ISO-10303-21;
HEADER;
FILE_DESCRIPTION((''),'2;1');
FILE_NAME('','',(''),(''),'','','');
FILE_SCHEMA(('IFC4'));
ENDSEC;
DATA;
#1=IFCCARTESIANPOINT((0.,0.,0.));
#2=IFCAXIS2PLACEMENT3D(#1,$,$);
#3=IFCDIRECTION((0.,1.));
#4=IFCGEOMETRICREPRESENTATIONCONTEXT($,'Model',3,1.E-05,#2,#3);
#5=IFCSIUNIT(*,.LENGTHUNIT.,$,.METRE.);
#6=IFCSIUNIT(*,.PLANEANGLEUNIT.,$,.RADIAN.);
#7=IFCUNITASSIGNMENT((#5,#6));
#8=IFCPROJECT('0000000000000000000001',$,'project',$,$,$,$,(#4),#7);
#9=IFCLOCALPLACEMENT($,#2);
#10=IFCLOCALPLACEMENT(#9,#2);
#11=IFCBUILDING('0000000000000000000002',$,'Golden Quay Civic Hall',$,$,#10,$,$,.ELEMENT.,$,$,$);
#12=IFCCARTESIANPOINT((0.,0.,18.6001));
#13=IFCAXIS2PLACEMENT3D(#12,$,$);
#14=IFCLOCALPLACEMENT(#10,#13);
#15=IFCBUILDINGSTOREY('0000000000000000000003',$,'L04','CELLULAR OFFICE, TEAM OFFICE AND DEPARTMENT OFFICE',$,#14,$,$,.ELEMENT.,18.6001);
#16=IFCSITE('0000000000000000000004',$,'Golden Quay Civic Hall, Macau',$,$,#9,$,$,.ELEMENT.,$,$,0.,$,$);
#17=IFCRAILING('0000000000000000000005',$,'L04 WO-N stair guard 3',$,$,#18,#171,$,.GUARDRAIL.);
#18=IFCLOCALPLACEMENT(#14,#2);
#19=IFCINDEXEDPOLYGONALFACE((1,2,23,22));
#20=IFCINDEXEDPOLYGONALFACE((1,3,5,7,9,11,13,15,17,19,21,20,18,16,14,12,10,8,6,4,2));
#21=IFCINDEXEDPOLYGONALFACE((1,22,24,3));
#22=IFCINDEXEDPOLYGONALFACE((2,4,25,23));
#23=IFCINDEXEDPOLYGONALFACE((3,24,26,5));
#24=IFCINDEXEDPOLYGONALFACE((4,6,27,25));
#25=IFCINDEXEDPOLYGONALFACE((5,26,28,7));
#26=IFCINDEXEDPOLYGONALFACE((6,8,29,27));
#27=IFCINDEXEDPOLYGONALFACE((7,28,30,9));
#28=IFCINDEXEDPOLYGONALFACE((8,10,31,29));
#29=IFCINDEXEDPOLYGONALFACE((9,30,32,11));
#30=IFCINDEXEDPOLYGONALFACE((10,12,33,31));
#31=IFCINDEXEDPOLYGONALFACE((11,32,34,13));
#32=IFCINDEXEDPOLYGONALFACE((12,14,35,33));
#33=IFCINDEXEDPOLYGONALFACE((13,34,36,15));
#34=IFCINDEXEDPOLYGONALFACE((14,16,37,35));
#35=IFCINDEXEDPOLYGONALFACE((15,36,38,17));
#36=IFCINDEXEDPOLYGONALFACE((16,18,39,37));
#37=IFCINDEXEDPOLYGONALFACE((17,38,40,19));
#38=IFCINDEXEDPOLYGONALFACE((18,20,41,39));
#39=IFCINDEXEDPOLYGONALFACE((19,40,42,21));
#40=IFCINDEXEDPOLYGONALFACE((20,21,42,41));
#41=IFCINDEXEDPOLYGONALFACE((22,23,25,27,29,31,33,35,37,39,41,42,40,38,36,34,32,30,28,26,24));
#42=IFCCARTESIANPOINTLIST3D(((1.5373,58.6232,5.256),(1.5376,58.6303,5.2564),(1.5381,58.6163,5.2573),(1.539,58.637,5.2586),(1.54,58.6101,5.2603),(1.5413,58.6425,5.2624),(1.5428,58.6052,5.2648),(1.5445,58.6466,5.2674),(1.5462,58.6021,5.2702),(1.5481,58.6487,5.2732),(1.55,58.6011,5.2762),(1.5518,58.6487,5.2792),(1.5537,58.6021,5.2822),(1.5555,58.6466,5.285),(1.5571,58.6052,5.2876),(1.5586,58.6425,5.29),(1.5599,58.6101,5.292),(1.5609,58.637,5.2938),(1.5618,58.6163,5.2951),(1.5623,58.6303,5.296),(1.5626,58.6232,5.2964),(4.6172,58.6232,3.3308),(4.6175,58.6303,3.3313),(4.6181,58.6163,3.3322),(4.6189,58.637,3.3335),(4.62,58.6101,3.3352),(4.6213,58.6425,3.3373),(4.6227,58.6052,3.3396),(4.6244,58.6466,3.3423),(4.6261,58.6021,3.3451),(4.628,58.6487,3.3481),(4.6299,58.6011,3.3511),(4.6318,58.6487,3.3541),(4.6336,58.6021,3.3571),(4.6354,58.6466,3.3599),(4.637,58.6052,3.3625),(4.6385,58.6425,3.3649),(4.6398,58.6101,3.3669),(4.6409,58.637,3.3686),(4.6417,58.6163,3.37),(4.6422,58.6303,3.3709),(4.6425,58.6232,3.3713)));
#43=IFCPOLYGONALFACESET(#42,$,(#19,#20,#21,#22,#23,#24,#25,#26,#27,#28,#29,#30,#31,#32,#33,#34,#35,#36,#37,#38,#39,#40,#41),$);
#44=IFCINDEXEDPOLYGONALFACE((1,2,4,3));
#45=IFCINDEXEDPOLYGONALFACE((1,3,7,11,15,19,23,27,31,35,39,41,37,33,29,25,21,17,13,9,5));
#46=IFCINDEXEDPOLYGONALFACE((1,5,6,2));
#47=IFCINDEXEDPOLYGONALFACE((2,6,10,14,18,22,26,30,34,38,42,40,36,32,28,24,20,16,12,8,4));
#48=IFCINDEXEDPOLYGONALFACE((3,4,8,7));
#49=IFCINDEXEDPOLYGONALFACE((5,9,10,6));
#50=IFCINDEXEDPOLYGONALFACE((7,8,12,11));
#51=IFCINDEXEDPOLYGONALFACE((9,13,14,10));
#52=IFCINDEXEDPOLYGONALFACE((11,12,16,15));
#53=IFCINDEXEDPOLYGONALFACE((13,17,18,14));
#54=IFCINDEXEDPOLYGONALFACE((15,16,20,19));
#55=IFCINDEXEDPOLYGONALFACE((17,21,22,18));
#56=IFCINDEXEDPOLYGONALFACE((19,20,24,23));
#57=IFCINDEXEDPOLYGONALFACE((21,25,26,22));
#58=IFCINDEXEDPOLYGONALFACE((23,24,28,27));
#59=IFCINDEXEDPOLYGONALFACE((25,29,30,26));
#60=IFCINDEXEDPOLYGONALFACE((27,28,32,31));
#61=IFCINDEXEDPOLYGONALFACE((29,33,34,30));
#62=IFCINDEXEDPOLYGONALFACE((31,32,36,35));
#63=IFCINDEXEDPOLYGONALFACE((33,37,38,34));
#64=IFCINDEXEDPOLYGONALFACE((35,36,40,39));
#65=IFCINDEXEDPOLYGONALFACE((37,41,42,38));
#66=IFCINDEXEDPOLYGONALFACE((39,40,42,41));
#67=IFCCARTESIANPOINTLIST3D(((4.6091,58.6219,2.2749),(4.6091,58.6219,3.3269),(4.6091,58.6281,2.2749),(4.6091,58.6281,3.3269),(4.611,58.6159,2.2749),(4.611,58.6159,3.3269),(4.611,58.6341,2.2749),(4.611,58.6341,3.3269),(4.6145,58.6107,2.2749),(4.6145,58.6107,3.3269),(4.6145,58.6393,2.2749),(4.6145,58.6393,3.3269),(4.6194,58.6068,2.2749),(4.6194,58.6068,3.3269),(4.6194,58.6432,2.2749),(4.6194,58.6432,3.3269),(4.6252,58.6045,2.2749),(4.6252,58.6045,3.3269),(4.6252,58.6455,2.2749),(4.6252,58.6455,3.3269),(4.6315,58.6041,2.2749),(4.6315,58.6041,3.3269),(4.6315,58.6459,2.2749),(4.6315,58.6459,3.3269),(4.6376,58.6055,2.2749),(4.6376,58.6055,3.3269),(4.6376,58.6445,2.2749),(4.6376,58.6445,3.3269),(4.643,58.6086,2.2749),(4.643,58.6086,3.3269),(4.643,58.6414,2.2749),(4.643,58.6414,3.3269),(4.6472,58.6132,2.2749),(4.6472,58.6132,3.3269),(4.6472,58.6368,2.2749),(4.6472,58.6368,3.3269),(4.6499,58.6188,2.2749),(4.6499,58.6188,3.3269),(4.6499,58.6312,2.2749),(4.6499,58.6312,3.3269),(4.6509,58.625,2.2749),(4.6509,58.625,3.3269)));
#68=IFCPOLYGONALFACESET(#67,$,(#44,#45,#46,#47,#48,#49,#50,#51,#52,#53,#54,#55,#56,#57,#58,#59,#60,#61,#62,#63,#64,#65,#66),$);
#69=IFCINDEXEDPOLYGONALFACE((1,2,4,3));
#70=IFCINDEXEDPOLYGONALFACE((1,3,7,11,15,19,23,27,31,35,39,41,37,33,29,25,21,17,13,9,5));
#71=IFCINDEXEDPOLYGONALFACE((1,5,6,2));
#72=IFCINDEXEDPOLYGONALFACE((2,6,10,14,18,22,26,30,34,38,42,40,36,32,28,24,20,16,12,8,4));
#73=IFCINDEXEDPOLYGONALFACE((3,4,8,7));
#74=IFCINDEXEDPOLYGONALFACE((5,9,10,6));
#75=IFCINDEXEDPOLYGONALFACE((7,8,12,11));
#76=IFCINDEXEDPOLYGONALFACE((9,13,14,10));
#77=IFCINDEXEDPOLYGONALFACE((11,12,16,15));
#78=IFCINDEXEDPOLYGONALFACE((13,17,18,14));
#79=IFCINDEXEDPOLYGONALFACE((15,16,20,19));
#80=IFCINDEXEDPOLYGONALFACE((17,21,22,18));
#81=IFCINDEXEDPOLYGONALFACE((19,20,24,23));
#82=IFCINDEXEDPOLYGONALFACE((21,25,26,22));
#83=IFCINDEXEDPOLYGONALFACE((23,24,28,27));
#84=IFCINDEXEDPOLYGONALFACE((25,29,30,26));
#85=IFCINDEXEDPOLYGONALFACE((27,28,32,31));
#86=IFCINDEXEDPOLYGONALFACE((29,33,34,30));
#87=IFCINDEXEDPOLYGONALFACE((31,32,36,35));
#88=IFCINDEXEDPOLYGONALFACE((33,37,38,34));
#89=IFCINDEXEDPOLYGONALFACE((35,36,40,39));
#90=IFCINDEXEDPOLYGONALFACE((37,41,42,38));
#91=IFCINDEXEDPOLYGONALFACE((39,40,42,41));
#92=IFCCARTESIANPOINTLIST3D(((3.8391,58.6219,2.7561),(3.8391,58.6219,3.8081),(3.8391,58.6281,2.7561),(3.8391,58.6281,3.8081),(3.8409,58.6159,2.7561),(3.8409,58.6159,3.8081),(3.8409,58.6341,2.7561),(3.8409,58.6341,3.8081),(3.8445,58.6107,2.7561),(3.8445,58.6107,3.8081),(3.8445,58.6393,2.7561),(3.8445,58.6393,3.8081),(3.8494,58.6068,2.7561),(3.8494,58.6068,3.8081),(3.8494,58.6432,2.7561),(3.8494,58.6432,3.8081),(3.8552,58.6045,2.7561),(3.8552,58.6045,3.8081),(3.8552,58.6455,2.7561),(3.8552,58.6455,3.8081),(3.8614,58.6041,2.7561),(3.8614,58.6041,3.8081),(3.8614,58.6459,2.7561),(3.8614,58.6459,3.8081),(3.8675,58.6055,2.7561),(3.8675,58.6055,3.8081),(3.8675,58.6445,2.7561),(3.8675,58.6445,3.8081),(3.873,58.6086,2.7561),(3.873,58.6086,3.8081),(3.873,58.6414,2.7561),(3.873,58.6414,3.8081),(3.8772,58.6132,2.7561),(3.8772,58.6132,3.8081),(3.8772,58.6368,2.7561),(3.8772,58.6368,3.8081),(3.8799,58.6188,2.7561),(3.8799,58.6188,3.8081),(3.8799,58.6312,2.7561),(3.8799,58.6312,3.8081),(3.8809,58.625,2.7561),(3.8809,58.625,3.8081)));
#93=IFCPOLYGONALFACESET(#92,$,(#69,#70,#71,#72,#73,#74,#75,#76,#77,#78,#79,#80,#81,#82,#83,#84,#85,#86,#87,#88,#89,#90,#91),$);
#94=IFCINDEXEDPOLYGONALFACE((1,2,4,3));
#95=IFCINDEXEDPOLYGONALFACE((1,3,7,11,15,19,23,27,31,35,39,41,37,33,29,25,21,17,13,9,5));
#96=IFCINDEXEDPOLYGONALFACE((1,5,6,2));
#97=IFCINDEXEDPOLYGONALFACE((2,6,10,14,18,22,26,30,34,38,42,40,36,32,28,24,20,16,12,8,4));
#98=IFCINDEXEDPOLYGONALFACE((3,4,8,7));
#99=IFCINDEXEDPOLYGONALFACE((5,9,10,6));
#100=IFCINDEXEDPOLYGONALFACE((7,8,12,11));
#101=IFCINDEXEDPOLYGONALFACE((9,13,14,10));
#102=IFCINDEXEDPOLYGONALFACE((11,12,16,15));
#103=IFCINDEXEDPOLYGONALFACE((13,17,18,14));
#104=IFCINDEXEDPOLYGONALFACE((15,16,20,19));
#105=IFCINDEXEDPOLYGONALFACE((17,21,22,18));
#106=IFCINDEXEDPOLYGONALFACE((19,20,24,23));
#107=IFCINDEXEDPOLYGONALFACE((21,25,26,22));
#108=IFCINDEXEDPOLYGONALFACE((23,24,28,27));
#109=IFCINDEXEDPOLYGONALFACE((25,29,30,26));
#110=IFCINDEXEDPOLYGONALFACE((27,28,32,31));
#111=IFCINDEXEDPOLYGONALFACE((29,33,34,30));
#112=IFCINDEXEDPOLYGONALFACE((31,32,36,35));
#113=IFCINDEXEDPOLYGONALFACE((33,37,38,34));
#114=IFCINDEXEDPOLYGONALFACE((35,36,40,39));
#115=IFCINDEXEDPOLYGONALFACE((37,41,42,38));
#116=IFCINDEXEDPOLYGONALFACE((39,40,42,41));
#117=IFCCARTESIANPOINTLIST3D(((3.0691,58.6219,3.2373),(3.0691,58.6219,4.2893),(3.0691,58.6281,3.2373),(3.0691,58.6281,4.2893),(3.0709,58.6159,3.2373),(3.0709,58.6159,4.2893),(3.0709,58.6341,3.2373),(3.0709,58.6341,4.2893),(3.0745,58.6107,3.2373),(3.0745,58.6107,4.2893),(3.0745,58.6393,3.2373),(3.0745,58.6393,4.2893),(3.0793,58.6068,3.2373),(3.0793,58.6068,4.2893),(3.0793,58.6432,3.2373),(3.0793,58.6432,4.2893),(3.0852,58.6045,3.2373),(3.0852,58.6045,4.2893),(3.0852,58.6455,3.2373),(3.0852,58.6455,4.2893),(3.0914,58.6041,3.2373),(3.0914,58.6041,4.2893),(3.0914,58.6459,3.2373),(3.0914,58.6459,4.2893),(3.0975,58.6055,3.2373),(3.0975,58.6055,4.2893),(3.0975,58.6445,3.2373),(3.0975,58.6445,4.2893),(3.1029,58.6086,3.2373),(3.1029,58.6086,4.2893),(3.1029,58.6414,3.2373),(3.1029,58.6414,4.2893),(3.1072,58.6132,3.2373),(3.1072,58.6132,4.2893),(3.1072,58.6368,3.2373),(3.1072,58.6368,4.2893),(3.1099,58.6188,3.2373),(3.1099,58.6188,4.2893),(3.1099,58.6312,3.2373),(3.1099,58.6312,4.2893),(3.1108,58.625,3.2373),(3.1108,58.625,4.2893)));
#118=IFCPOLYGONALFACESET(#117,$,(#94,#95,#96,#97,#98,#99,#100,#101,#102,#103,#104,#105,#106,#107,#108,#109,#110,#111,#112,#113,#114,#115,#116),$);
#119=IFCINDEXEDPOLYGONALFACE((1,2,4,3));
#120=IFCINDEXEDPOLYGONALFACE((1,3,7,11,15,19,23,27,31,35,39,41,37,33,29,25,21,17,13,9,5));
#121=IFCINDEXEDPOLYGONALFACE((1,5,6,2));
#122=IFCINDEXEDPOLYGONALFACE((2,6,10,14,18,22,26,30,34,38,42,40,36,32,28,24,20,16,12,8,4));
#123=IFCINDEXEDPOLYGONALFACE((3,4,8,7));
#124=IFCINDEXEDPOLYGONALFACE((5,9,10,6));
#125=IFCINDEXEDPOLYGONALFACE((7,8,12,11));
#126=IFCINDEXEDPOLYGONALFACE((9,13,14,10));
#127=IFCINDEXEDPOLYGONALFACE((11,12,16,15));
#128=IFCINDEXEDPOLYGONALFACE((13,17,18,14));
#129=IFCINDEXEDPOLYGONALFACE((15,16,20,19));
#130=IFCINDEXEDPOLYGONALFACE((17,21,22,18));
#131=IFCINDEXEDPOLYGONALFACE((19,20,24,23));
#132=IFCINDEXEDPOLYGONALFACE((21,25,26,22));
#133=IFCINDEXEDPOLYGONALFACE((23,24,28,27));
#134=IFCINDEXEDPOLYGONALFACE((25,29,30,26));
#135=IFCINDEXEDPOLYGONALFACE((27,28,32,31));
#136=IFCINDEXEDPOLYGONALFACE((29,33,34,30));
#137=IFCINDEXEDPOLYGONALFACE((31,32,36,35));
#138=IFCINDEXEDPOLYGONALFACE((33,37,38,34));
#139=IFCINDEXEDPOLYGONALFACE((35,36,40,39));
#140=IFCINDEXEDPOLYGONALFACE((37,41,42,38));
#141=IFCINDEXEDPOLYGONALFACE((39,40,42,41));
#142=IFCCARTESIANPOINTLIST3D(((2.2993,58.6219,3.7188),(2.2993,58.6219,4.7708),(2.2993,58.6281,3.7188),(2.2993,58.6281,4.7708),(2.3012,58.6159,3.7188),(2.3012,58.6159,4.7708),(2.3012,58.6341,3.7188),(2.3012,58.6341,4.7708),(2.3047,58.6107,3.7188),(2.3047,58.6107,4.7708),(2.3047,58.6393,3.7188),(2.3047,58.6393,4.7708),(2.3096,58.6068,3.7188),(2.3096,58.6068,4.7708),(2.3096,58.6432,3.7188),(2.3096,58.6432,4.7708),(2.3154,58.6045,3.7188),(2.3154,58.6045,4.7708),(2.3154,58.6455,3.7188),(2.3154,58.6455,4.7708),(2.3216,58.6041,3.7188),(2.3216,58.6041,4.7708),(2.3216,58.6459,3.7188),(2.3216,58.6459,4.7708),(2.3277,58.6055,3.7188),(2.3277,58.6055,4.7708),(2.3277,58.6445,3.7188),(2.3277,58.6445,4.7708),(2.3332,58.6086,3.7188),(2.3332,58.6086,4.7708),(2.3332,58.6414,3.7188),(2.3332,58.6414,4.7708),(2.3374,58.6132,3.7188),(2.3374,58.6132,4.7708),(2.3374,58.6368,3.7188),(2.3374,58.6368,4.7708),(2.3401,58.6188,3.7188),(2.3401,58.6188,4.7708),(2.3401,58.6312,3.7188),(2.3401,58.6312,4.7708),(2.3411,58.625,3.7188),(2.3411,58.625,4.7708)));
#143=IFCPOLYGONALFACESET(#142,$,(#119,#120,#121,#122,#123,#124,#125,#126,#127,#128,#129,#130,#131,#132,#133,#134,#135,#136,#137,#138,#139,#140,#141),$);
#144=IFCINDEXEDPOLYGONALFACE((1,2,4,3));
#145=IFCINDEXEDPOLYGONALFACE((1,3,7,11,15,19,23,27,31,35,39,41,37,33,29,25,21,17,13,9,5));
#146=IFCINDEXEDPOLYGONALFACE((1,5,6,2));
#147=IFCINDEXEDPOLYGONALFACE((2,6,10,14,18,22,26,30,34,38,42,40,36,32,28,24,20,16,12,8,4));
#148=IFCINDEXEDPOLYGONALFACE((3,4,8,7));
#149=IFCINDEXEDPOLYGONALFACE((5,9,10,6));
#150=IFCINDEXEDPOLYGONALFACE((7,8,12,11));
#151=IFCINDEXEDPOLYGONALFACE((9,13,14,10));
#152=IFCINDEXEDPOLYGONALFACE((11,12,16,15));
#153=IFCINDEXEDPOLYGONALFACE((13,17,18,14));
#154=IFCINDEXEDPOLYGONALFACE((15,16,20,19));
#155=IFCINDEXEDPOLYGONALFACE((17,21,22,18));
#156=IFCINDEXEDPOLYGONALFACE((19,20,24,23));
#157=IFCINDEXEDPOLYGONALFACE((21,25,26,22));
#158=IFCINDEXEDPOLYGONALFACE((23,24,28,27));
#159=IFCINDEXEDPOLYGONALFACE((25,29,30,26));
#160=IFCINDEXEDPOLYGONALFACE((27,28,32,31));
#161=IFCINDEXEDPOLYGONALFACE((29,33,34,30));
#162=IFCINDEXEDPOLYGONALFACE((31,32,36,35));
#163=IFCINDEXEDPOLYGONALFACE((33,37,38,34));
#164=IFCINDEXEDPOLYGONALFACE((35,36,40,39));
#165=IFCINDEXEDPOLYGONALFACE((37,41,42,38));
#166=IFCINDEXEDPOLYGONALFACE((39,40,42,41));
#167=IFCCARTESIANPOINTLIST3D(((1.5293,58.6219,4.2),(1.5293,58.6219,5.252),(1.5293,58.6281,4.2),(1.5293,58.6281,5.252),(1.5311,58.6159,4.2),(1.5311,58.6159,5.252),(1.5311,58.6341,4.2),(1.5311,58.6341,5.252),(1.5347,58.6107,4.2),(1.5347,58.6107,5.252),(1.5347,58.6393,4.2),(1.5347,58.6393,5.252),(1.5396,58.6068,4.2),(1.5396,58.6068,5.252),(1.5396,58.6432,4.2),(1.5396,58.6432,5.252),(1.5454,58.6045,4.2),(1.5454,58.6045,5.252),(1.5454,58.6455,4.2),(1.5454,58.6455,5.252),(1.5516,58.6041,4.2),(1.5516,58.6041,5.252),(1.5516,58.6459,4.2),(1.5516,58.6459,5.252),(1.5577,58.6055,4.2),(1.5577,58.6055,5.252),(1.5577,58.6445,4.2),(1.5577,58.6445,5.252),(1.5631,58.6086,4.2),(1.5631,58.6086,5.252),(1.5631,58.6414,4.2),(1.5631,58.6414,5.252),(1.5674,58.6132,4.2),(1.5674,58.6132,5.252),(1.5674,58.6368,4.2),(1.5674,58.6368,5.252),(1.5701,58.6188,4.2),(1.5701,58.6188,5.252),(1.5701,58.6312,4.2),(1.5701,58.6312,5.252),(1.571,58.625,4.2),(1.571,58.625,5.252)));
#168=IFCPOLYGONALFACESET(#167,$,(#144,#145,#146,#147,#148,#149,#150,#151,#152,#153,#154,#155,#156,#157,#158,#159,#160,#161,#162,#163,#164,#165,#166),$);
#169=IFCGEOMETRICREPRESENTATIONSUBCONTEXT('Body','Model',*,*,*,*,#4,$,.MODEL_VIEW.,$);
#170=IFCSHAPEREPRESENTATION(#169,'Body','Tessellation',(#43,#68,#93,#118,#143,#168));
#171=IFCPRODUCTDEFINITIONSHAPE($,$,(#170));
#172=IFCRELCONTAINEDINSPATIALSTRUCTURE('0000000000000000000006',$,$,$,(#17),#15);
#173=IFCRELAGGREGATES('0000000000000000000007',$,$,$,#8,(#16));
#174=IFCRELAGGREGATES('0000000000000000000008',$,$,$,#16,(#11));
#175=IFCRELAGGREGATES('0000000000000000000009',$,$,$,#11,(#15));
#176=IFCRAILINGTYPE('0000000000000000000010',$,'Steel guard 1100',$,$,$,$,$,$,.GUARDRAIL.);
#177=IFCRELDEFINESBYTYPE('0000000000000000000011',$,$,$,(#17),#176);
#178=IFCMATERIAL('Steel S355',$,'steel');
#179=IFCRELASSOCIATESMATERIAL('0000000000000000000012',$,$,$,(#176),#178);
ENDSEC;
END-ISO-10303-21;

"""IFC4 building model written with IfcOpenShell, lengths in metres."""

from ifc_helpers import new_model, si_unit, direction, frame, origin, origin_2d, place, context, subcontext, project, spatial, circle, extrude, material, type_object, element, save


model = new_model("IFC4")

# Units and contexts
model_context = context("Model", 3, precision=1e-05, world=origin(), true_north=direction((0.0, 1.0)))
body_context = subcontext(model_context, "Body", "Model", "MODEL_VIEW")
ifc_project = project(units=[si_unit("LENGTHUNIT", "METRE"), si_unit("PLANEANGLEUNIT", "RADIAN")], contexts=[model_context])

# Site, building, storey
site_placement = place(None, origin())
site = spatial("IfcSite", under=ifc_project, at=site_placement, Name="Golden Quay Civic Hall, Macau", CompositionType="ELEMENT", RefElevation=0.0)
building_placement = place(site_placement, origin())
building = spatial("IfcBuilding", under=site, at=building_placement, Name="Golden Quay Civic Hall", CompositionType="ELEMENT")
storey_placement = place(building_placement, frame((0.0, 0.0, 18.6001)))
storey = spatial("IfcBuildingStorey", under=building, at=storey_placement, Name="L04", Description="CELLULAR OFFICE, TEAM OFFICE AND DEPARTMENT OFFICE", CompositionType="ELEMENT", Elevation=18.6001)

# Railing
ifc_material_1 = material(Name="Steel S355", Category="steel")
railing_type_1 = type_object("IfcRailingType", Name="Steel guard 1100", PredefinedType="GUARDRAIL", material=ifc_material_1)
railing_1_placement = place(storey_placement, frame((4.6299, 58.625, 2.2749)))
element("IfcRailing", 1, at=railing_1_placement, inside=storey, type_object=railing_type_1, Name="L04 WO-N stair guard 3", PredefinedType="GUARDRAIL", context=body_context, shape_type="SweptSolid", body=[
    extrude(circle(Radius=0.0239, at=origin_2d()), frame((0.0, 0.0, 1.0762), z_axis=(-0.847979, 0.0, 0.530029), x_axis=(0.0, -1.0, 0.0)), (0.0, 0.0, 1.0), 3.6321),
    extrude(circle(Radius=0.021, at=origin_2d()), origin(), (0.0, 0.0, 1.0), 1.052),
    extrude(circle(Radius=0.021, at=origin_2d()), frame((-0.77, 0.0, 0.4812)), (0.0, 0.0, 1.0), 1.052),
    extrude(circle(Radius=0.021, at=origin_2d()), frame((-1.54, 0.0, 0.9624)), (0.0, 0.0, 1.0), 1.052),
    extrude(circle(Radius=0.021, at=origin_2d()), frame((-2.3098, 0.0, 1.4438)), (0.0, 0.0, 1.0), 1.052),
    extrude(circle(Radius=0.021, at=origin_2d()), frame((-3.0798, 0.0, 1.925)), (0.0, 0.0, 1.0), 1.052),
])

save(model, "model.ifc")
